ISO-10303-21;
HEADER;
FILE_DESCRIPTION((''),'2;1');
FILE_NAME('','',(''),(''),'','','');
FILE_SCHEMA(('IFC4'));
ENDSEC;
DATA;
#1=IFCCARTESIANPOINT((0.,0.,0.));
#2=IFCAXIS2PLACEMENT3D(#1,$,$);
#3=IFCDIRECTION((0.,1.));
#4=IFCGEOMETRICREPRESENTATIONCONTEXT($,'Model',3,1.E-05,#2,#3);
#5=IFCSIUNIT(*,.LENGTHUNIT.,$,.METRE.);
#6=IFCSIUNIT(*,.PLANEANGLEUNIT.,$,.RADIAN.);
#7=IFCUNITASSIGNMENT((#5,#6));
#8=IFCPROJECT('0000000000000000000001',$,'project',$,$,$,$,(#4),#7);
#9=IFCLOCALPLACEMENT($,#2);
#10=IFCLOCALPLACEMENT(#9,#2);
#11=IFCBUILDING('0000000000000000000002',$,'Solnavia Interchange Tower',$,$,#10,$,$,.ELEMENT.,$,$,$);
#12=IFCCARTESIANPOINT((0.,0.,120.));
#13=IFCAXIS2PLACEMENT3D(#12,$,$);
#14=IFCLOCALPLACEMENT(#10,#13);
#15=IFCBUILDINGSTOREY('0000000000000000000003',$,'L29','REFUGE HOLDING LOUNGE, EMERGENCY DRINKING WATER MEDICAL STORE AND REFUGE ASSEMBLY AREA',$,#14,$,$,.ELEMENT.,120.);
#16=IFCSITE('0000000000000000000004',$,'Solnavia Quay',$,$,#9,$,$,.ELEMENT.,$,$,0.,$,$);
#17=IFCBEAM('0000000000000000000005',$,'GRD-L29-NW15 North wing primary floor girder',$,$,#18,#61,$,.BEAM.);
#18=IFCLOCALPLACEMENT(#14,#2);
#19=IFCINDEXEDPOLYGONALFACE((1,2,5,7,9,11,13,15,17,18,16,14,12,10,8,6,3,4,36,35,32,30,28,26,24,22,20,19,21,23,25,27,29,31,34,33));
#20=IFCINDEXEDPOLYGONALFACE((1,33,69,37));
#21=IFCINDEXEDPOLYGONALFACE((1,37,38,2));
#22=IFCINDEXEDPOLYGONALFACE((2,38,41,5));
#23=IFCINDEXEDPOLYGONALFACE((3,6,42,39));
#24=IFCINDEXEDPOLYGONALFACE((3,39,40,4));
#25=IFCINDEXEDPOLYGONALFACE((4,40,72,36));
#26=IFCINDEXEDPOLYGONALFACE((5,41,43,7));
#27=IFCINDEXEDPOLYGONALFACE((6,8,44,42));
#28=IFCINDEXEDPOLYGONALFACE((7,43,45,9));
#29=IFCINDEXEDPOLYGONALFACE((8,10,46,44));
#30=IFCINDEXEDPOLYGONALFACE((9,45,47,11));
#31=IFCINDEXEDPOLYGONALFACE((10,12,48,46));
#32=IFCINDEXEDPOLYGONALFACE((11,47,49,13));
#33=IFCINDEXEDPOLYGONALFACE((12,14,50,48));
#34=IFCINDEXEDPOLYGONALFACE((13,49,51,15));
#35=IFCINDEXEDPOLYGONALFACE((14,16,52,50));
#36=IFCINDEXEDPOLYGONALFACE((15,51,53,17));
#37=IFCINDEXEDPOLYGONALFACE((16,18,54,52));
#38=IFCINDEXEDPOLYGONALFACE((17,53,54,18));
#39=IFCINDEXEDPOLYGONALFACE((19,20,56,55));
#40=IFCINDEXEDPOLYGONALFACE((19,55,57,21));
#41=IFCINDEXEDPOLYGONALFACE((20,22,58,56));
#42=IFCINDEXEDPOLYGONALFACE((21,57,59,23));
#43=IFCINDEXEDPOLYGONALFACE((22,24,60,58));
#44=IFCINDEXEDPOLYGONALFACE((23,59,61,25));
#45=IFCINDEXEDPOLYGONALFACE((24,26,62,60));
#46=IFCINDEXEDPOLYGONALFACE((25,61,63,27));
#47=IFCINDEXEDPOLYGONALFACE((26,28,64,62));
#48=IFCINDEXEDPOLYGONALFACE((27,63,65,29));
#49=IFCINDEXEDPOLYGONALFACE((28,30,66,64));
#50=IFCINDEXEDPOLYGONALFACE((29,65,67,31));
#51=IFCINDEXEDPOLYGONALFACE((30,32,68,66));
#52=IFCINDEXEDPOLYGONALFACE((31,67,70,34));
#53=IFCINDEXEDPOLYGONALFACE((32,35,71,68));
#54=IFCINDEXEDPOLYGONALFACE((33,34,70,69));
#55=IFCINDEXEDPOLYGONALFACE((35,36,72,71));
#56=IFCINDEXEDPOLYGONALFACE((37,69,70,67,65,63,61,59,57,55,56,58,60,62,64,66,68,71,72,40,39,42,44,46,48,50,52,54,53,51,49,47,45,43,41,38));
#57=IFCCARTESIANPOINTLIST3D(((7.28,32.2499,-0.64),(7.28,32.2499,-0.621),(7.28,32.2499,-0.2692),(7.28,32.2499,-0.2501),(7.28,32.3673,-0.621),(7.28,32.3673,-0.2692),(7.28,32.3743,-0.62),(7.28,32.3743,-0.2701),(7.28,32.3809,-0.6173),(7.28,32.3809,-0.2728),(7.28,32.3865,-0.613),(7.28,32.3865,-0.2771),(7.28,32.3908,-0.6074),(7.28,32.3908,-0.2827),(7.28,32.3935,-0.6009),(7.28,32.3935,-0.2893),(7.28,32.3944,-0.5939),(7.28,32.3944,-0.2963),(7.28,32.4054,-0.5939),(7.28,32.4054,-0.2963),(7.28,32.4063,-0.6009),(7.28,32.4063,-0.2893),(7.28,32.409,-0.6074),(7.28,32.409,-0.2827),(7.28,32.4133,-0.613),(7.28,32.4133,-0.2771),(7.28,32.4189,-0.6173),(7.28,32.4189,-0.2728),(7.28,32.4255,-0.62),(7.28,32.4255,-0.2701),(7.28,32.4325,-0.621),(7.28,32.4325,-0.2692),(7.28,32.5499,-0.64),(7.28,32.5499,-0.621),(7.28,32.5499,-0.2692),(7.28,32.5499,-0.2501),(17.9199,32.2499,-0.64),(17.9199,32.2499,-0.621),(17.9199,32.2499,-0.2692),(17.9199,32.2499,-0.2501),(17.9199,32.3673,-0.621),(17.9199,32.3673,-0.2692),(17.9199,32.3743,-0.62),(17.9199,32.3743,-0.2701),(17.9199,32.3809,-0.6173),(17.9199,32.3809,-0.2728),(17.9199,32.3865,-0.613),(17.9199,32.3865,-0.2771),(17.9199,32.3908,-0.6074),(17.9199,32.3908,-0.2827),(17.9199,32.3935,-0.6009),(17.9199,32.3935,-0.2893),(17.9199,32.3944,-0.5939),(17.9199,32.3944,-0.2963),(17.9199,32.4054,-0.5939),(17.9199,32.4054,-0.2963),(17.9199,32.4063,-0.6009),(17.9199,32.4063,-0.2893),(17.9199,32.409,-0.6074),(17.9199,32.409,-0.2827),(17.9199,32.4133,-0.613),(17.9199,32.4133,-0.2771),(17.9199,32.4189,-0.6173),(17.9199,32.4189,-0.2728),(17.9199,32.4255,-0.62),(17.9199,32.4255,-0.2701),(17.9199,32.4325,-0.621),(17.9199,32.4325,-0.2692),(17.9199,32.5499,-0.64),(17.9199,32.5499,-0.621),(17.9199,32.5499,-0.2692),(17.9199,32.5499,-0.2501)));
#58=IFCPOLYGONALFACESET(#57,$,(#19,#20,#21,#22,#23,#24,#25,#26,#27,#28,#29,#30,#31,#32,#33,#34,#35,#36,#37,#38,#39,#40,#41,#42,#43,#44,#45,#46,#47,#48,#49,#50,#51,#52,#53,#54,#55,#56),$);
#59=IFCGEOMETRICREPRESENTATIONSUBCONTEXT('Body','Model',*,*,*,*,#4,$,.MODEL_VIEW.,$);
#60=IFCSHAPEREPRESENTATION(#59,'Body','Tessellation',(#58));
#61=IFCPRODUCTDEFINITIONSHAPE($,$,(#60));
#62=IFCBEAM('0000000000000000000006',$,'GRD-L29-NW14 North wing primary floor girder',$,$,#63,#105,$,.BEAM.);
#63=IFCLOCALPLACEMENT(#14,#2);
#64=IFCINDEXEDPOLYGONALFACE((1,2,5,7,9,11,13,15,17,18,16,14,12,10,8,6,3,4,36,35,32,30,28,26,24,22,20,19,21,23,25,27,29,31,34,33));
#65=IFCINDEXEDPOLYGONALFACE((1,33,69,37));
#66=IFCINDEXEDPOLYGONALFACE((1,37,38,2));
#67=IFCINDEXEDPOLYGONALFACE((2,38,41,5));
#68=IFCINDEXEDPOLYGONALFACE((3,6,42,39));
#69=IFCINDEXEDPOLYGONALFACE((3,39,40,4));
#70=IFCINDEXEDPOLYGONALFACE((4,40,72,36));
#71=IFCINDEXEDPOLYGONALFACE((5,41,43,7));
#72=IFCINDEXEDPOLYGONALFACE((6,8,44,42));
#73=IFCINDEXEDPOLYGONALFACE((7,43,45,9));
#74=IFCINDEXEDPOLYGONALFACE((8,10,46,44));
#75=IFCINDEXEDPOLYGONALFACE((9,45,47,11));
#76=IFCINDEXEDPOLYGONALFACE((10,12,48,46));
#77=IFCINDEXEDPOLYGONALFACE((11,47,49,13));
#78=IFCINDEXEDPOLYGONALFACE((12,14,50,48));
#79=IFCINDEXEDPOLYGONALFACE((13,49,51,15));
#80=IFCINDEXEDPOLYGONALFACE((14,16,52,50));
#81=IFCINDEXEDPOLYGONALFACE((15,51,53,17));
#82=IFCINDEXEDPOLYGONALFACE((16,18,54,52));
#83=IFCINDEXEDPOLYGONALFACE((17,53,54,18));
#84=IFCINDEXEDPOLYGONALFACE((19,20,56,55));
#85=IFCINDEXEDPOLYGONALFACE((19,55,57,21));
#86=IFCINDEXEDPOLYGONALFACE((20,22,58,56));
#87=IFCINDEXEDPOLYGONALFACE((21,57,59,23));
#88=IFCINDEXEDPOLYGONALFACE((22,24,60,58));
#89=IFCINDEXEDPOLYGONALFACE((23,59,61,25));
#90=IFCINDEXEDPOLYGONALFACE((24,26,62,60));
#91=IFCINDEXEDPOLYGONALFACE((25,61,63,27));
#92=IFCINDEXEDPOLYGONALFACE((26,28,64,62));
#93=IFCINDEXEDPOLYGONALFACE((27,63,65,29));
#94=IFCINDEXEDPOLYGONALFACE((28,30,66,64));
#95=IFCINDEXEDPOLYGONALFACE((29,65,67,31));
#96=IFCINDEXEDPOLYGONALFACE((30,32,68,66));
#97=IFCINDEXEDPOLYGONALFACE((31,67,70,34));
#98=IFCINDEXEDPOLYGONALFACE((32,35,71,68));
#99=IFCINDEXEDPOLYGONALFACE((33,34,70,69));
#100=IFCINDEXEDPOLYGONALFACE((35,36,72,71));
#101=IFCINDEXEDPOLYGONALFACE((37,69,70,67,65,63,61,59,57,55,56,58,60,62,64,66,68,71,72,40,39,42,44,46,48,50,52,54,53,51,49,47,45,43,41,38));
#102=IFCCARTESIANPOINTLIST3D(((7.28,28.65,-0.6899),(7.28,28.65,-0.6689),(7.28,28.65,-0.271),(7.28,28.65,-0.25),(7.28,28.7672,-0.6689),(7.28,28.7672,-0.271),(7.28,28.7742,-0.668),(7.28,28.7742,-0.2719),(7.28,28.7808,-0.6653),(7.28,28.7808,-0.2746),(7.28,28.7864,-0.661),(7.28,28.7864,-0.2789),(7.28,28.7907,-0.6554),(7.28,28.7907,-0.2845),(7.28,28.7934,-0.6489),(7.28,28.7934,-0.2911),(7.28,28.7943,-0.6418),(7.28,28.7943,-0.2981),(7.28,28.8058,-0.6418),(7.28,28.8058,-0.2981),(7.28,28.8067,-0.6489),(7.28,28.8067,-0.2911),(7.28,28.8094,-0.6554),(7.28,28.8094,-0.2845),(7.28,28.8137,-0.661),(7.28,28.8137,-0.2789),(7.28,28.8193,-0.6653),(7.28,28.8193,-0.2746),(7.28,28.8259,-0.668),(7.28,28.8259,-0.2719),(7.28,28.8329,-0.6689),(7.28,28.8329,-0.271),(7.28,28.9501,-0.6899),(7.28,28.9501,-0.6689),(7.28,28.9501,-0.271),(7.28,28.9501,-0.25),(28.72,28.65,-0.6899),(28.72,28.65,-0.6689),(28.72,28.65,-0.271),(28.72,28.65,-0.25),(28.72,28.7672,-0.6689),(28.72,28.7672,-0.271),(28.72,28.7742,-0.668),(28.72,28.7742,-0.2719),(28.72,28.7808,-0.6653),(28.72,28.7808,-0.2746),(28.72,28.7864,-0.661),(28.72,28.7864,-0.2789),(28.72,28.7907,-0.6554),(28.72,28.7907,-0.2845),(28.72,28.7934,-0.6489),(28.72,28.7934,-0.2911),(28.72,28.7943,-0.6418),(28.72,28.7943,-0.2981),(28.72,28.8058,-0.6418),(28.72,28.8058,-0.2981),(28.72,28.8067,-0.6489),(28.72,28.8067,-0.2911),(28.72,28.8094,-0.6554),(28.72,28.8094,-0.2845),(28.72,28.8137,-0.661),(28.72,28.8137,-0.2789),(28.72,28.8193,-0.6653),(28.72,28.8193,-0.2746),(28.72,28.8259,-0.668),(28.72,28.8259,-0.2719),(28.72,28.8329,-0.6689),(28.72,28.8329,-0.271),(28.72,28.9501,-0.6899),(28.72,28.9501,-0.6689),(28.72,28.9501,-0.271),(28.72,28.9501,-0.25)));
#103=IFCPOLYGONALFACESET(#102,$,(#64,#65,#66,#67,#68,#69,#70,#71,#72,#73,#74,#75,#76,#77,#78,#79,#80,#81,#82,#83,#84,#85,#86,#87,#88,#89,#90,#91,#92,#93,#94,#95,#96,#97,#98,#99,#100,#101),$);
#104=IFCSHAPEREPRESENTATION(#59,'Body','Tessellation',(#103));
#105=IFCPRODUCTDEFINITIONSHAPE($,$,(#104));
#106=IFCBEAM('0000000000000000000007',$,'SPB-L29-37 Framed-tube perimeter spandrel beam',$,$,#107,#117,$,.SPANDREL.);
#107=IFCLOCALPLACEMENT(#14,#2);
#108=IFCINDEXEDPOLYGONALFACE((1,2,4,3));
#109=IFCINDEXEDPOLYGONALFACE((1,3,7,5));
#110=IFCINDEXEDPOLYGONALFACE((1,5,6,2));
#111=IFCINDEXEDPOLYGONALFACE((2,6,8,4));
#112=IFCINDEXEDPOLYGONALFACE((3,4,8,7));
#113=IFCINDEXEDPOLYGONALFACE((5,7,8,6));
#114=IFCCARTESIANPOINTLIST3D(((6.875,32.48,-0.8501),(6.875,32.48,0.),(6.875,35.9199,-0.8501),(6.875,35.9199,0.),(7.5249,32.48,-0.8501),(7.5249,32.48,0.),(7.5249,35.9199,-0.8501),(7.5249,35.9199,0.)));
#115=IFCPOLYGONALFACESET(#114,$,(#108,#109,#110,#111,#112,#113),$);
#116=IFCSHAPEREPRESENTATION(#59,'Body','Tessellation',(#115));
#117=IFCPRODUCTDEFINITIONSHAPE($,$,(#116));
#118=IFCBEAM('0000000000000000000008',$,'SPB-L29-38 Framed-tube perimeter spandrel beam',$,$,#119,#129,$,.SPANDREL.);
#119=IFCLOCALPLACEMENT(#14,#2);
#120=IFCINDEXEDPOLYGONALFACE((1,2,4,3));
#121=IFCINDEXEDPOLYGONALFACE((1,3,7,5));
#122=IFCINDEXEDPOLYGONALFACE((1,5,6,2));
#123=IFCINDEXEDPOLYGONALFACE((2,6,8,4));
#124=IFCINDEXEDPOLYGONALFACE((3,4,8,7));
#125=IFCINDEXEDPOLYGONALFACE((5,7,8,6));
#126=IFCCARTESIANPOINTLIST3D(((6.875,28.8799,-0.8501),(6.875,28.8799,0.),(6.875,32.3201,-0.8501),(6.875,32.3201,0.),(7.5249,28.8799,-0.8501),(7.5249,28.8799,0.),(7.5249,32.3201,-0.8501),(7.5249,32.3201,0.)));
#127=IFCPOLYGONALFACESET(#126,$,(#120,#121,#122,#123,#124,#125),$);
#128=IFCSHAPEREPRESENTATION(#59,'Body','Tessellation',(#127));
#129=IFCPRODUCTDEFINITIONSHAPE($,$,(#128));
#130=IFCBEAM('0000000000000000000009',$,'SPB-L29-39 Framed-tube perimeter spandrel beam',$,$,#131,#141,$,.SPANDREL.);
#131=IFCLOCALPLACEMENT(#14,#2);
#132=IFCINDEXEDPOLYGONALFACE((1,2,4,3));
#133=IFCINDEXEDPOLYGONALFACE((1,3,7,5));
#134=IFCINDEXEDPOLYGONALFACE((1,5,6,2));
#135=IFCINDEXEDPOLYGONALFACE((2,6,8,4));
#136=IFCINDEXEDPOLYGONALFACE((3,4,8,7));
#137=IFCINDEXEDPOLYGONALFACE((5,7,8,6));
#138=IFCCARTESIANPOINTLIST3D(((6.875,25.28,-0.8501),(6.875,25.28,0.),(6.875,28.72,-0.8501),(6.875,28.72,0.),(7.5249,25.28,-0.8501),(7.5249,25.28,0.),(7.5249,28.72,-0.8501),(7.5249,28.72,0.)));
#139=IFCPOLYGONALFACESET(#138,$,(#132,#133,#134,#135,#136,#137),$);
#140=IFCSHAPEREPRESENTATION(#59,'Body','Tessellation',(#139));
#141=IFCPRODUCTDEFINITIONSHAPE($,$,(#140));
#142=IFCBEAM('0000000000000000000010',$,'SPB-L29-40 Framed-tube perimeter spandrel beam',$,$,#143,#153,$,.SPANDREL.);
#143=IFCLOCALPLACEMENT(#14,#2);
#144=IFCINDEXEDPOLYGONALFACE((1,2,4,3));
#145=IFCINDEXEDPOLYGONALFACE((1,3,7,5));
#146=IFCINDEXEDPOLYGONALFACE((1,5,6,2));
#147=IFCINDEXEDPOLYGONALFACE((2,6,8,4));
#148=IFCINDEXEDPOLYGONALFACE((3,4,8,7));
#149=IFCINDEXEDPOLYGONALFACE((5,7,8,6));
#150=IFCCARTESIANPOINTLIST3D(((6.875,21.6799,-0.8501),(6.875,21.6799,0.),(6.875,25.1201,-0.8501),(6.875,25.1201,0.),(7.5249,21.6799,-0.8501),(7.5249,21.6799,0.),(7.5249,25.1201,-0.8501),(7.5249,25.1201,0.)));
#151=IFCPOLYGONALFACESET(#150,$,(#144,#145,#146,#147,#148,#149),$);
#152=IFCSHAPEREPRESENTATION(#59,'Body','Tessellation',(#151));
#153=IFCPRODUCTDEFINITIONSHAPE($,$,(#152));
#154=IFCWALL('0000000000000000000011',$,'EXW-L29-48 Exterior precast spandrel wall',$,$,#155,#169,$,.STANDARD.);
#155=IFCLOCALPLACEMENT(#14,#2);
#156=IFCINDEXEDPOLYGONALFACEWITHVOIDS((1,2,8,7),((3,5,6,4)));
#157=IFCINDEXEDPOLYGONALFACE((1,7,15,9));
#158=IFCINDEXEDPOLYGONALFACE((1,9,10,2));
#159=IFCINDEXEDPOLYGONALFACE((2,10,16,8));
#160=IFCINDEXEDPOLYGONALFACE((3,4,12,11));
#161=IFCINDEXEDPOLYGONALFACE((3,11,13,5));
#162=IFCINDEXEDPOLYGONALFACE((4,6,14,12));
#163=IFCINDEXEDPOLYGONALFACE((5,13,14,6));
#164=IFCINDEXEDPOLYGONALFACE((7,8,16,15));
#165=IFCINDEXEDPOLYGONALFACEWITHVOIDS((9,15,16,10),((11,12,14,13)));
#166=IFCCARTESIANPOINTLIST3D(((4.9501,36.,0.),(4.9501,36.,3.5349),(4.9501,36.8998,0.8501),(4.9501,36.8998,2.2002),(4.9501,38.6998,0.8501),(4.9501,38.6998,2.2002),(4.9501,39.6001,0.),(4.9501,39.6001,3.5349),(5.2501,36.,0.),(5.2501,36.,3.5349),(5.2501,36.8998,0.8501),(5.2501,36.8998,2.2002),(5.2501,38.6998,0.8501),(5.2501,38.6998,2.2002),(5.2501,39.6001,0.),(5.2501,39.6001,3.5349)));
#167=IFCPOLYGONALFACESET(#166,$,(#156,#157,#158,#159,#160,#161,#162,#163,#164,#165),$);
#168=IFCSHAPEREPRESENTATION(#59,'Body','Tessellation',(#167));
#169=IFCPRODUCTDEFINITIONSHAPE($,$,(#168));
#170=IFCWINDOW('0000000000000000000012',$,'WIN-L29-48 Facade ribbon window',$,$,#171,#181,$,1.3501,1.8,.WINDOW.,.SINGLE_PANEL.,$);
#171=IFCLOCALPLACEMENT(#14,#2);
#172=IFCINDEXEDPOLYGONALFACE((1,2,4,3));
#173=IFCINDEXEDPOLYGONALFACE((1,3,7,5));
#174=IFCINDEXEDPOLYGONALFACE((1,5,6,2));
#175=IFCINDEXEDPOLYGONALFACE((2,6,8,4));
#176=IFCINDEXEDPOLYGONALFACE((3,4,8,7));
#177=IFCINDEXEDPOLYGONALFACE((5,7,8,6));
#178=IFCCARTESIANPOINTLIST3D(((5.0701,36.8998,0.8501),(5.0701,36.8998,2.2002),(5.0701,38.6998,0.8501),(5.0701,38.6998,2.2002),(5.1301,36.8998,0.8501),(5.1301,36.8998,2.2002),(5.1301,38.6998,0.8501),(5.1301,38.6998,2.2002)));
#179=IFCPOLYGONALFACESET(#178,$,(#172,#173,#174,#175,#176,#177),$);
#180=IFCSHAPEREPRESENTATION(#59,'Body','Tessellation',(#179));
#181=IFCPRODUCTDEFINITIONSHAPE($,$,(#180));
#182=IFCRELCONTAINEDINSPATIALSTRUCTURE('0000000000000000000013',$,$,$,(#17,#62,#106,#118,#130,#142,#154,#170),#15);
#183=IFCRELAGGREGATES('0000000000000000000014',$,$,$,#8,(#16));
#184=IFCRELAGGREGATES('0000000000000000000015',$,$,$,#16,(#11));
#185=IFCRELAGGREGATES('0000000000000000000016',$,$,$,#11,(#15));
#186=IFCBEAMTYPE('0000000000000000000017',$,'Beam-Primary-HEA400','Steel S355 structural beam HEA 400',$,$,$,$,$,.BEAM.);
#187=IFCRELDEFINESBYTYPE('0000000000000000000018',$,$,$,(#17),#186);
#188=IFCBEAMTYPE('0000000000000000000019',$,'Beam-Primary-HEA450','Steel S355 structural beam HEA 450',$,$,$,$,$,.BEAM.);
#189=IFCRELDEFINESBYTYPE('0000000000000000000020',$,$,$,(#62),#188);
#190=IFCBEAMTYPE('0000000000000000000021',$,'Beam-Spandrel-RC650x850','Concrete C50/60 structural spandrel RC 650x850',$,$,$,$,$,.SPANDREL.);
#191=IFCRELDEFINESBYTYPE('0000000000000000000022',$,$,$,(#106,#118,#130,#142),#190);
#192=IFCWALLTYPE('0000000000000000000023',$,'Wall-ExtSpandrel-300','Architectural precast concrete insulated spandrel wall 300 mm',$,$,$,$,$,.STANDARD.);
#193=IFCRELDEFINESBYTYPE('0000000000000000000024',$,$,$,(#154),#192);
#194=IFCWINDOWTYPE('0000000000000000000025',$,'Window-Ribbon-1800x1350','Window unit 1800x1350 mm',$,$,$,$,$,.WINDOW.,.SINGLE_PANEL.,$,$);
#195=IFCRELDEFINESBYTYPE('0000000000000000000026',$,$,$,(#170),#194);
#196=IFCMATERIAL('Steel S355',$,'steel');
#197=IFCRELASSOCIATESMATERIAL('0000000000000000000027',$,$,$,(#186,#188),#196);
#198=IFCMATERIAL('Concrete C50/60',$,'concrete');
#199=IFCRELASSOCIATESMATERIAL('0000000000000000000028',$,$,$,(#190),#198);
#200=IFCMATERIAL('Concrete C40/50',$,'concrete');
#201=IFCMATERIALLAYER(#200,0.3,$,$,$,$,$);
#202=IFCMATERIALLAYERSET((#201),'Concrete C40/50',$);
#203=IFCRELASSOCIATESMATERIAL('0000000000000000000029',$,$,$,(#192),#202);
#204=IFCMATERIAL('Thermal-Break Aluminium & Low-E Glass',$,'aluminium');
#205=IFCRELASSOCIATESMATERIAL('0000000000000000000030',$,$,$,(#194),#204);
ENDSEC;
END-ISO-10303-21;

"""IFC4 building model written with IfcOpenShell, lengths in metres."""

from ifc_helpers import new_model, si_unit, direction, frame, frame_2d, origin, origin_2d, place, context, subcontext, project, spatial, rectangle, i_section, extrude, material, layer, layer_set, material_profile, profile_set, type_object, element, fill, save


model = new_model("IFC4")

# Units and contexts
model_context = context("Model", 3, precision=1e-05, world=origin(), true_north=direction((0.0, 1.0)))
body_context = subcontext(model_context, "Body", "Model", "MODEL_VIEW")
ifc_project = project(units=[si_unit("LENGTHUNIT", "METRE"), si_unit("PLANEANGLEUNIT", "RADIAN")], contexts=[model_context])

# Site, building, storey
site_placement = place(None, origin())
site = spatial("IfcSite", under=ifc_project, at=site_placement, Name="Solnavia Quay", CompositionType="ELEMENT", RefElevation=0.0)
building_placement = place(site_placement, origin())
building = spatial("IfcBuilding", under=site, at=building_placement, Name="Solnavia Interchange Tower", CompositionType="ELEMENT")
storey_placement = place(building_placement, frame((0.0, 0.0, 120.0)))
storey = spatial("IfcBuildingStorey", under=building, at=storey_placement, Name="L29", Description="REFUGE HOLDING LOUNGE, EMERGENCY DRINKING WATER MEDICAL STORE AND REFUGE ASSEMBLY AREA", CompositionType="ELEMENT", Elevation=120.0)

# Shared definitions
ifc_material_1 = material(Name="Concrete C50/60", Category="concrete")
ifc_material_2 = material(Name="Steel S355", Category="steel")

# Beams
ifc_material_profile_1 = material_profile(ifc_material_2, i_section(OverallWidth=0.3, OverallDepth=0.3899, WebThickness=0.011, FlangeThickness=0.019, FilletRadius=0.0271, at=origin_2d()), Name="HEA 400")
ifc_profile_set_1 = profile_set([ifc_material_profile_1], Name="Steel S355")
beam_type_1 = type_object("IfcBeamType", Name="Beam-Primary-HEA400", Description="Steel S355 structural beam HEA 400", PredefinedType="BEAM", material=ifc_profile_set_1)
beam_1_placement = place(storey_placement, frame((7.28, 32.3999, -0.4451), z_axis=(1.0, 0.0, 0.0), x_axis=(0.0, 1.0, 0.0)))
element("IfcBeam", 1, at=beam_1_placement, inside=storey, type_object=beam_type_1, Name="GRD-L29-NW15 North wing primary floor girder", PredefinedType="BEAM", context=body_context, shape_type="SweptSolid", body=[
    extrude(i_section(OverallWidth=0.3, OverallDepth=0.3899, WebThickness=0.011, FlangeThickness=0.019, FilletRadius=0.0271, at=origin_2d()), origin(), (0.0, 0.0, 1.0), 10.6399),
])
ifc_material_profile_2 = material_profile(ifc_material_2, i_section(OverallWidth=0.3, OverallDepth=0.4399, WebThickness=0.0115, FlangeThickness=0.021, FilletRadius=0.0271, at=origin_2d()), Name="HEA 450")
ifc_profile_set_2 = profile_set([ifc_material_profile_2], Name="Steel S355")
beam_type_2 = type_object("IfcBeamType", Name="Beam-Primary-HEA450", Description="Steel S355 structural beam HEA 450", PredefinedType="BEAM", material=ifc_profile_set_2)
beam_2_placement = place(storey_placement, frame((7.28, 28.8, -0.47), z_axis=(1.0, 0.0, 0.0), x_axis=(0.0, 1.0, 0.0)))
element("IfcBeam", 2, at=beam_2_placement, inside=storey, type_object=beam_type_2, Name="GRD-L29-NW14 North wing primary floor girder", PredefinedType="BEAM", context=body_context, shape_type="SweptSolid", body=[
    extrude(i_section(OverallWidth=0.3, OverallDepth=0.4399, WebThickness=0.0115, FlangeThickness=0.021, FilletRadius=0.0271, at=origin_2d()), origin(), (0.0, 0.0, 1.0), 21.4399),
])
ifc_material_profile_3 = material_profile(ifc_material_1, rectangle(XDim=0.6499, YDim=0.8501, at=origin_2d()), Name="RC 650x850")
ifc_profile_set_3 = profile_set([ifc_material_profile_3], Name="Concrete C50/60")
beam_type_3 = type_object("IfcBeamType", Name="Beam-Spandrel-RC650x850", Description="Concrete C50/60 structural spandrel RC 650x850", PredefinedType="SPANDREL", material=ifc_profile_set_3)
beam_3_placement = place(storey_placement, frame((7.2, 35.9199, -0.425), z_axis=(0.0, -1.0, 0.0), x_axis=(1.0, 0.0, 0.0)))
element("IfcBeam", 3, at=beam_3_placement, inside=storey, type_object=beam_type_3, Name="SPB-L29-37 Framed-tube perimeter spandrel beam", PredefinedType="SPANDREL", context=body_context, shape_type="SweptSolid", body=[
    extrude(rectangle(XDim=0.6499, YDim=0.8501, at=origin_2d()), origin(), (0.0, 0.0, 1.0), 3.4399),
])
beam_4_placement = place(storey_placement, frame((7.2, 32.3201, -0.425), z_axis=(0.0, -1.0, 0.0), x_axis=(1.0, 0.0, 0.0)))
element("IfcBeam", 4, at=beam_4_placement, inside=storey, type_object=beam_type_3, Name="SPB-L29-38 Framed-tube perimeter spandrel beam", PredefinedType="SPANDREL", context=body_context, shape_type="SweptSolid", body=[
    extrude(rectangle(XDim=0.6499, YDim=0.8501, at=origin_2d()), origin(), (0.0, 0.0, 1.0), 3.4402),
])
beam_5_placement = place(storey_placement, frame((7.2, 28.72, -0.425), z_axis=(0.0, -1.0, 0.0), x_axis=(1.0, 0.0, 0.0)))
element("IfcBeam", 5, at=beam_5_placement, inside=storey, type_object=beam_type_3, Name="SPB-L29-39 Framed-tube perimeter spandrel beam", PredefinedType="SPANDREL", context=body_context, shape_type="SweptSolid", body=[
    extrude(rectangle(XDim=0.6499, YDim=0.8501, at=origin_2d()), origin(), (0.0, 0.0, 1.0), 3.4399),
])
beam_6_placement = place(storey_placement, frame((7.2, 25.1201, -0.425), z_axis=(0.0, -1.0, 0.0), x_axis=(1.0, 0.0, 0.0)))
element("IfcBeam", 6, at=beam_6_placement, inside=storey, type_object=beam_type_3, Name="SPB-L29-40 Framed-tube perimeter spandrel beam", PredefinedType="SPANDREL", context=body_context, shape_type="SweptSolid", body=[
    extrude(rectangle(XDim=0.6499, YDim=0.8501, at=origin_2d()), origin(), (0.0, 0.0, 1.0), 3.4402),
])

# Wall, opening, window
ifc_material_3 = material(Name="Concrete C40/50", Category="concrete")
ifc_layer_1 = layer(ifc_material_3, 0.3)
ifc_layer_set_1 = layer_set([ifc_layer_1], Name="Concrete C40/50")
wall_type_1 = type_object("IfcWallType", Name="Wall-ExtSpandrel-300", Description="Architectural precast concrete insulated spandrel wall 300 mm", PredefinedType="STANDARD", material=ifc_layer_set_1)
wall_1_placement = place(storey_placement, frame((5.1001, 36.0, 0.0), z_axis=(0.0, 0.0, 1.0), x_axis=(0.0, 1.0, 0.0)))
wall_1 = element("IfcWall", 7, at=wall_1_placement, inside=storey, type_object=wall_type_1, Name="EXW-L29-48 Exterior precast spandrel wall", PredefinedType="STANDARD", context=body_context, shape_type="SweptSolid", body=[
    extrude(rectangle(XDim=3.6001, YDim=0.3, at=frame_2d((1.8, 0.0))), origin(), (0.0, 0.0, 1.0), 3.5349),
])
opening_1_placement = place(wall_1_placement, frame((0.8999, 0.0, 0.8501)))
opening_1 = element("IfcOpeningElement", 8, at=opening_1_placement, cuts=wall_1, PredefinedType="OPENING", context=body_context, shape_type="SweptSolid", body=[
    extrude(rectangle(XDim=1.8, YDim=1.3501, at=frame_2d((0.8999, 0.675))), frame((0.0, 0.1602, 0.0), z_axis=(0.0, -1.0, 0.0), x_axis=(1.0, 0.0, 0.0)), (0.0, 0.0, 1.0), 0.3201),
])
ifc_material_4 = material(Name="Thermal-Break Aluminium & Low-E Glass", Category="aluminium")
window_type = type_object("IfcWindowType", Name="Window-Ribbon-1800x1350", Description="Window unit 1800x1350 mm", PartitioningType="SINGLE_PANEL", PredefinedType="WINDOW", material=ifc_material_4)
window_1_placement = place(opening_1_placement, origin())
window_1 = element("IfcWindow", 9, at=window_1_placement, inside=storey, type_object=window_type, Name="WIN-L29-48 Facade ribbon window", OverallHeight=1.3501, OverallWidth=1.8, PartitioningType="SINGLE_PANEL", PredefinedType="WINDOW", context=body_context, shape_type="SweptSolid", body=[
    extrude(rectangle(XDim=1.8, YDim=1.3501, at=frame_2d((0.8999, 0.675))), frame((0.0, 0.03, 0.0), z_axis=(0.0, -1.0, 0.0), x_axis=(1.0, 0.0, 0.0)), (0.0, 0.0, 1.0), 0.0601),
])
fill(opening_1, window_1)

save(model, "model.ifc")
